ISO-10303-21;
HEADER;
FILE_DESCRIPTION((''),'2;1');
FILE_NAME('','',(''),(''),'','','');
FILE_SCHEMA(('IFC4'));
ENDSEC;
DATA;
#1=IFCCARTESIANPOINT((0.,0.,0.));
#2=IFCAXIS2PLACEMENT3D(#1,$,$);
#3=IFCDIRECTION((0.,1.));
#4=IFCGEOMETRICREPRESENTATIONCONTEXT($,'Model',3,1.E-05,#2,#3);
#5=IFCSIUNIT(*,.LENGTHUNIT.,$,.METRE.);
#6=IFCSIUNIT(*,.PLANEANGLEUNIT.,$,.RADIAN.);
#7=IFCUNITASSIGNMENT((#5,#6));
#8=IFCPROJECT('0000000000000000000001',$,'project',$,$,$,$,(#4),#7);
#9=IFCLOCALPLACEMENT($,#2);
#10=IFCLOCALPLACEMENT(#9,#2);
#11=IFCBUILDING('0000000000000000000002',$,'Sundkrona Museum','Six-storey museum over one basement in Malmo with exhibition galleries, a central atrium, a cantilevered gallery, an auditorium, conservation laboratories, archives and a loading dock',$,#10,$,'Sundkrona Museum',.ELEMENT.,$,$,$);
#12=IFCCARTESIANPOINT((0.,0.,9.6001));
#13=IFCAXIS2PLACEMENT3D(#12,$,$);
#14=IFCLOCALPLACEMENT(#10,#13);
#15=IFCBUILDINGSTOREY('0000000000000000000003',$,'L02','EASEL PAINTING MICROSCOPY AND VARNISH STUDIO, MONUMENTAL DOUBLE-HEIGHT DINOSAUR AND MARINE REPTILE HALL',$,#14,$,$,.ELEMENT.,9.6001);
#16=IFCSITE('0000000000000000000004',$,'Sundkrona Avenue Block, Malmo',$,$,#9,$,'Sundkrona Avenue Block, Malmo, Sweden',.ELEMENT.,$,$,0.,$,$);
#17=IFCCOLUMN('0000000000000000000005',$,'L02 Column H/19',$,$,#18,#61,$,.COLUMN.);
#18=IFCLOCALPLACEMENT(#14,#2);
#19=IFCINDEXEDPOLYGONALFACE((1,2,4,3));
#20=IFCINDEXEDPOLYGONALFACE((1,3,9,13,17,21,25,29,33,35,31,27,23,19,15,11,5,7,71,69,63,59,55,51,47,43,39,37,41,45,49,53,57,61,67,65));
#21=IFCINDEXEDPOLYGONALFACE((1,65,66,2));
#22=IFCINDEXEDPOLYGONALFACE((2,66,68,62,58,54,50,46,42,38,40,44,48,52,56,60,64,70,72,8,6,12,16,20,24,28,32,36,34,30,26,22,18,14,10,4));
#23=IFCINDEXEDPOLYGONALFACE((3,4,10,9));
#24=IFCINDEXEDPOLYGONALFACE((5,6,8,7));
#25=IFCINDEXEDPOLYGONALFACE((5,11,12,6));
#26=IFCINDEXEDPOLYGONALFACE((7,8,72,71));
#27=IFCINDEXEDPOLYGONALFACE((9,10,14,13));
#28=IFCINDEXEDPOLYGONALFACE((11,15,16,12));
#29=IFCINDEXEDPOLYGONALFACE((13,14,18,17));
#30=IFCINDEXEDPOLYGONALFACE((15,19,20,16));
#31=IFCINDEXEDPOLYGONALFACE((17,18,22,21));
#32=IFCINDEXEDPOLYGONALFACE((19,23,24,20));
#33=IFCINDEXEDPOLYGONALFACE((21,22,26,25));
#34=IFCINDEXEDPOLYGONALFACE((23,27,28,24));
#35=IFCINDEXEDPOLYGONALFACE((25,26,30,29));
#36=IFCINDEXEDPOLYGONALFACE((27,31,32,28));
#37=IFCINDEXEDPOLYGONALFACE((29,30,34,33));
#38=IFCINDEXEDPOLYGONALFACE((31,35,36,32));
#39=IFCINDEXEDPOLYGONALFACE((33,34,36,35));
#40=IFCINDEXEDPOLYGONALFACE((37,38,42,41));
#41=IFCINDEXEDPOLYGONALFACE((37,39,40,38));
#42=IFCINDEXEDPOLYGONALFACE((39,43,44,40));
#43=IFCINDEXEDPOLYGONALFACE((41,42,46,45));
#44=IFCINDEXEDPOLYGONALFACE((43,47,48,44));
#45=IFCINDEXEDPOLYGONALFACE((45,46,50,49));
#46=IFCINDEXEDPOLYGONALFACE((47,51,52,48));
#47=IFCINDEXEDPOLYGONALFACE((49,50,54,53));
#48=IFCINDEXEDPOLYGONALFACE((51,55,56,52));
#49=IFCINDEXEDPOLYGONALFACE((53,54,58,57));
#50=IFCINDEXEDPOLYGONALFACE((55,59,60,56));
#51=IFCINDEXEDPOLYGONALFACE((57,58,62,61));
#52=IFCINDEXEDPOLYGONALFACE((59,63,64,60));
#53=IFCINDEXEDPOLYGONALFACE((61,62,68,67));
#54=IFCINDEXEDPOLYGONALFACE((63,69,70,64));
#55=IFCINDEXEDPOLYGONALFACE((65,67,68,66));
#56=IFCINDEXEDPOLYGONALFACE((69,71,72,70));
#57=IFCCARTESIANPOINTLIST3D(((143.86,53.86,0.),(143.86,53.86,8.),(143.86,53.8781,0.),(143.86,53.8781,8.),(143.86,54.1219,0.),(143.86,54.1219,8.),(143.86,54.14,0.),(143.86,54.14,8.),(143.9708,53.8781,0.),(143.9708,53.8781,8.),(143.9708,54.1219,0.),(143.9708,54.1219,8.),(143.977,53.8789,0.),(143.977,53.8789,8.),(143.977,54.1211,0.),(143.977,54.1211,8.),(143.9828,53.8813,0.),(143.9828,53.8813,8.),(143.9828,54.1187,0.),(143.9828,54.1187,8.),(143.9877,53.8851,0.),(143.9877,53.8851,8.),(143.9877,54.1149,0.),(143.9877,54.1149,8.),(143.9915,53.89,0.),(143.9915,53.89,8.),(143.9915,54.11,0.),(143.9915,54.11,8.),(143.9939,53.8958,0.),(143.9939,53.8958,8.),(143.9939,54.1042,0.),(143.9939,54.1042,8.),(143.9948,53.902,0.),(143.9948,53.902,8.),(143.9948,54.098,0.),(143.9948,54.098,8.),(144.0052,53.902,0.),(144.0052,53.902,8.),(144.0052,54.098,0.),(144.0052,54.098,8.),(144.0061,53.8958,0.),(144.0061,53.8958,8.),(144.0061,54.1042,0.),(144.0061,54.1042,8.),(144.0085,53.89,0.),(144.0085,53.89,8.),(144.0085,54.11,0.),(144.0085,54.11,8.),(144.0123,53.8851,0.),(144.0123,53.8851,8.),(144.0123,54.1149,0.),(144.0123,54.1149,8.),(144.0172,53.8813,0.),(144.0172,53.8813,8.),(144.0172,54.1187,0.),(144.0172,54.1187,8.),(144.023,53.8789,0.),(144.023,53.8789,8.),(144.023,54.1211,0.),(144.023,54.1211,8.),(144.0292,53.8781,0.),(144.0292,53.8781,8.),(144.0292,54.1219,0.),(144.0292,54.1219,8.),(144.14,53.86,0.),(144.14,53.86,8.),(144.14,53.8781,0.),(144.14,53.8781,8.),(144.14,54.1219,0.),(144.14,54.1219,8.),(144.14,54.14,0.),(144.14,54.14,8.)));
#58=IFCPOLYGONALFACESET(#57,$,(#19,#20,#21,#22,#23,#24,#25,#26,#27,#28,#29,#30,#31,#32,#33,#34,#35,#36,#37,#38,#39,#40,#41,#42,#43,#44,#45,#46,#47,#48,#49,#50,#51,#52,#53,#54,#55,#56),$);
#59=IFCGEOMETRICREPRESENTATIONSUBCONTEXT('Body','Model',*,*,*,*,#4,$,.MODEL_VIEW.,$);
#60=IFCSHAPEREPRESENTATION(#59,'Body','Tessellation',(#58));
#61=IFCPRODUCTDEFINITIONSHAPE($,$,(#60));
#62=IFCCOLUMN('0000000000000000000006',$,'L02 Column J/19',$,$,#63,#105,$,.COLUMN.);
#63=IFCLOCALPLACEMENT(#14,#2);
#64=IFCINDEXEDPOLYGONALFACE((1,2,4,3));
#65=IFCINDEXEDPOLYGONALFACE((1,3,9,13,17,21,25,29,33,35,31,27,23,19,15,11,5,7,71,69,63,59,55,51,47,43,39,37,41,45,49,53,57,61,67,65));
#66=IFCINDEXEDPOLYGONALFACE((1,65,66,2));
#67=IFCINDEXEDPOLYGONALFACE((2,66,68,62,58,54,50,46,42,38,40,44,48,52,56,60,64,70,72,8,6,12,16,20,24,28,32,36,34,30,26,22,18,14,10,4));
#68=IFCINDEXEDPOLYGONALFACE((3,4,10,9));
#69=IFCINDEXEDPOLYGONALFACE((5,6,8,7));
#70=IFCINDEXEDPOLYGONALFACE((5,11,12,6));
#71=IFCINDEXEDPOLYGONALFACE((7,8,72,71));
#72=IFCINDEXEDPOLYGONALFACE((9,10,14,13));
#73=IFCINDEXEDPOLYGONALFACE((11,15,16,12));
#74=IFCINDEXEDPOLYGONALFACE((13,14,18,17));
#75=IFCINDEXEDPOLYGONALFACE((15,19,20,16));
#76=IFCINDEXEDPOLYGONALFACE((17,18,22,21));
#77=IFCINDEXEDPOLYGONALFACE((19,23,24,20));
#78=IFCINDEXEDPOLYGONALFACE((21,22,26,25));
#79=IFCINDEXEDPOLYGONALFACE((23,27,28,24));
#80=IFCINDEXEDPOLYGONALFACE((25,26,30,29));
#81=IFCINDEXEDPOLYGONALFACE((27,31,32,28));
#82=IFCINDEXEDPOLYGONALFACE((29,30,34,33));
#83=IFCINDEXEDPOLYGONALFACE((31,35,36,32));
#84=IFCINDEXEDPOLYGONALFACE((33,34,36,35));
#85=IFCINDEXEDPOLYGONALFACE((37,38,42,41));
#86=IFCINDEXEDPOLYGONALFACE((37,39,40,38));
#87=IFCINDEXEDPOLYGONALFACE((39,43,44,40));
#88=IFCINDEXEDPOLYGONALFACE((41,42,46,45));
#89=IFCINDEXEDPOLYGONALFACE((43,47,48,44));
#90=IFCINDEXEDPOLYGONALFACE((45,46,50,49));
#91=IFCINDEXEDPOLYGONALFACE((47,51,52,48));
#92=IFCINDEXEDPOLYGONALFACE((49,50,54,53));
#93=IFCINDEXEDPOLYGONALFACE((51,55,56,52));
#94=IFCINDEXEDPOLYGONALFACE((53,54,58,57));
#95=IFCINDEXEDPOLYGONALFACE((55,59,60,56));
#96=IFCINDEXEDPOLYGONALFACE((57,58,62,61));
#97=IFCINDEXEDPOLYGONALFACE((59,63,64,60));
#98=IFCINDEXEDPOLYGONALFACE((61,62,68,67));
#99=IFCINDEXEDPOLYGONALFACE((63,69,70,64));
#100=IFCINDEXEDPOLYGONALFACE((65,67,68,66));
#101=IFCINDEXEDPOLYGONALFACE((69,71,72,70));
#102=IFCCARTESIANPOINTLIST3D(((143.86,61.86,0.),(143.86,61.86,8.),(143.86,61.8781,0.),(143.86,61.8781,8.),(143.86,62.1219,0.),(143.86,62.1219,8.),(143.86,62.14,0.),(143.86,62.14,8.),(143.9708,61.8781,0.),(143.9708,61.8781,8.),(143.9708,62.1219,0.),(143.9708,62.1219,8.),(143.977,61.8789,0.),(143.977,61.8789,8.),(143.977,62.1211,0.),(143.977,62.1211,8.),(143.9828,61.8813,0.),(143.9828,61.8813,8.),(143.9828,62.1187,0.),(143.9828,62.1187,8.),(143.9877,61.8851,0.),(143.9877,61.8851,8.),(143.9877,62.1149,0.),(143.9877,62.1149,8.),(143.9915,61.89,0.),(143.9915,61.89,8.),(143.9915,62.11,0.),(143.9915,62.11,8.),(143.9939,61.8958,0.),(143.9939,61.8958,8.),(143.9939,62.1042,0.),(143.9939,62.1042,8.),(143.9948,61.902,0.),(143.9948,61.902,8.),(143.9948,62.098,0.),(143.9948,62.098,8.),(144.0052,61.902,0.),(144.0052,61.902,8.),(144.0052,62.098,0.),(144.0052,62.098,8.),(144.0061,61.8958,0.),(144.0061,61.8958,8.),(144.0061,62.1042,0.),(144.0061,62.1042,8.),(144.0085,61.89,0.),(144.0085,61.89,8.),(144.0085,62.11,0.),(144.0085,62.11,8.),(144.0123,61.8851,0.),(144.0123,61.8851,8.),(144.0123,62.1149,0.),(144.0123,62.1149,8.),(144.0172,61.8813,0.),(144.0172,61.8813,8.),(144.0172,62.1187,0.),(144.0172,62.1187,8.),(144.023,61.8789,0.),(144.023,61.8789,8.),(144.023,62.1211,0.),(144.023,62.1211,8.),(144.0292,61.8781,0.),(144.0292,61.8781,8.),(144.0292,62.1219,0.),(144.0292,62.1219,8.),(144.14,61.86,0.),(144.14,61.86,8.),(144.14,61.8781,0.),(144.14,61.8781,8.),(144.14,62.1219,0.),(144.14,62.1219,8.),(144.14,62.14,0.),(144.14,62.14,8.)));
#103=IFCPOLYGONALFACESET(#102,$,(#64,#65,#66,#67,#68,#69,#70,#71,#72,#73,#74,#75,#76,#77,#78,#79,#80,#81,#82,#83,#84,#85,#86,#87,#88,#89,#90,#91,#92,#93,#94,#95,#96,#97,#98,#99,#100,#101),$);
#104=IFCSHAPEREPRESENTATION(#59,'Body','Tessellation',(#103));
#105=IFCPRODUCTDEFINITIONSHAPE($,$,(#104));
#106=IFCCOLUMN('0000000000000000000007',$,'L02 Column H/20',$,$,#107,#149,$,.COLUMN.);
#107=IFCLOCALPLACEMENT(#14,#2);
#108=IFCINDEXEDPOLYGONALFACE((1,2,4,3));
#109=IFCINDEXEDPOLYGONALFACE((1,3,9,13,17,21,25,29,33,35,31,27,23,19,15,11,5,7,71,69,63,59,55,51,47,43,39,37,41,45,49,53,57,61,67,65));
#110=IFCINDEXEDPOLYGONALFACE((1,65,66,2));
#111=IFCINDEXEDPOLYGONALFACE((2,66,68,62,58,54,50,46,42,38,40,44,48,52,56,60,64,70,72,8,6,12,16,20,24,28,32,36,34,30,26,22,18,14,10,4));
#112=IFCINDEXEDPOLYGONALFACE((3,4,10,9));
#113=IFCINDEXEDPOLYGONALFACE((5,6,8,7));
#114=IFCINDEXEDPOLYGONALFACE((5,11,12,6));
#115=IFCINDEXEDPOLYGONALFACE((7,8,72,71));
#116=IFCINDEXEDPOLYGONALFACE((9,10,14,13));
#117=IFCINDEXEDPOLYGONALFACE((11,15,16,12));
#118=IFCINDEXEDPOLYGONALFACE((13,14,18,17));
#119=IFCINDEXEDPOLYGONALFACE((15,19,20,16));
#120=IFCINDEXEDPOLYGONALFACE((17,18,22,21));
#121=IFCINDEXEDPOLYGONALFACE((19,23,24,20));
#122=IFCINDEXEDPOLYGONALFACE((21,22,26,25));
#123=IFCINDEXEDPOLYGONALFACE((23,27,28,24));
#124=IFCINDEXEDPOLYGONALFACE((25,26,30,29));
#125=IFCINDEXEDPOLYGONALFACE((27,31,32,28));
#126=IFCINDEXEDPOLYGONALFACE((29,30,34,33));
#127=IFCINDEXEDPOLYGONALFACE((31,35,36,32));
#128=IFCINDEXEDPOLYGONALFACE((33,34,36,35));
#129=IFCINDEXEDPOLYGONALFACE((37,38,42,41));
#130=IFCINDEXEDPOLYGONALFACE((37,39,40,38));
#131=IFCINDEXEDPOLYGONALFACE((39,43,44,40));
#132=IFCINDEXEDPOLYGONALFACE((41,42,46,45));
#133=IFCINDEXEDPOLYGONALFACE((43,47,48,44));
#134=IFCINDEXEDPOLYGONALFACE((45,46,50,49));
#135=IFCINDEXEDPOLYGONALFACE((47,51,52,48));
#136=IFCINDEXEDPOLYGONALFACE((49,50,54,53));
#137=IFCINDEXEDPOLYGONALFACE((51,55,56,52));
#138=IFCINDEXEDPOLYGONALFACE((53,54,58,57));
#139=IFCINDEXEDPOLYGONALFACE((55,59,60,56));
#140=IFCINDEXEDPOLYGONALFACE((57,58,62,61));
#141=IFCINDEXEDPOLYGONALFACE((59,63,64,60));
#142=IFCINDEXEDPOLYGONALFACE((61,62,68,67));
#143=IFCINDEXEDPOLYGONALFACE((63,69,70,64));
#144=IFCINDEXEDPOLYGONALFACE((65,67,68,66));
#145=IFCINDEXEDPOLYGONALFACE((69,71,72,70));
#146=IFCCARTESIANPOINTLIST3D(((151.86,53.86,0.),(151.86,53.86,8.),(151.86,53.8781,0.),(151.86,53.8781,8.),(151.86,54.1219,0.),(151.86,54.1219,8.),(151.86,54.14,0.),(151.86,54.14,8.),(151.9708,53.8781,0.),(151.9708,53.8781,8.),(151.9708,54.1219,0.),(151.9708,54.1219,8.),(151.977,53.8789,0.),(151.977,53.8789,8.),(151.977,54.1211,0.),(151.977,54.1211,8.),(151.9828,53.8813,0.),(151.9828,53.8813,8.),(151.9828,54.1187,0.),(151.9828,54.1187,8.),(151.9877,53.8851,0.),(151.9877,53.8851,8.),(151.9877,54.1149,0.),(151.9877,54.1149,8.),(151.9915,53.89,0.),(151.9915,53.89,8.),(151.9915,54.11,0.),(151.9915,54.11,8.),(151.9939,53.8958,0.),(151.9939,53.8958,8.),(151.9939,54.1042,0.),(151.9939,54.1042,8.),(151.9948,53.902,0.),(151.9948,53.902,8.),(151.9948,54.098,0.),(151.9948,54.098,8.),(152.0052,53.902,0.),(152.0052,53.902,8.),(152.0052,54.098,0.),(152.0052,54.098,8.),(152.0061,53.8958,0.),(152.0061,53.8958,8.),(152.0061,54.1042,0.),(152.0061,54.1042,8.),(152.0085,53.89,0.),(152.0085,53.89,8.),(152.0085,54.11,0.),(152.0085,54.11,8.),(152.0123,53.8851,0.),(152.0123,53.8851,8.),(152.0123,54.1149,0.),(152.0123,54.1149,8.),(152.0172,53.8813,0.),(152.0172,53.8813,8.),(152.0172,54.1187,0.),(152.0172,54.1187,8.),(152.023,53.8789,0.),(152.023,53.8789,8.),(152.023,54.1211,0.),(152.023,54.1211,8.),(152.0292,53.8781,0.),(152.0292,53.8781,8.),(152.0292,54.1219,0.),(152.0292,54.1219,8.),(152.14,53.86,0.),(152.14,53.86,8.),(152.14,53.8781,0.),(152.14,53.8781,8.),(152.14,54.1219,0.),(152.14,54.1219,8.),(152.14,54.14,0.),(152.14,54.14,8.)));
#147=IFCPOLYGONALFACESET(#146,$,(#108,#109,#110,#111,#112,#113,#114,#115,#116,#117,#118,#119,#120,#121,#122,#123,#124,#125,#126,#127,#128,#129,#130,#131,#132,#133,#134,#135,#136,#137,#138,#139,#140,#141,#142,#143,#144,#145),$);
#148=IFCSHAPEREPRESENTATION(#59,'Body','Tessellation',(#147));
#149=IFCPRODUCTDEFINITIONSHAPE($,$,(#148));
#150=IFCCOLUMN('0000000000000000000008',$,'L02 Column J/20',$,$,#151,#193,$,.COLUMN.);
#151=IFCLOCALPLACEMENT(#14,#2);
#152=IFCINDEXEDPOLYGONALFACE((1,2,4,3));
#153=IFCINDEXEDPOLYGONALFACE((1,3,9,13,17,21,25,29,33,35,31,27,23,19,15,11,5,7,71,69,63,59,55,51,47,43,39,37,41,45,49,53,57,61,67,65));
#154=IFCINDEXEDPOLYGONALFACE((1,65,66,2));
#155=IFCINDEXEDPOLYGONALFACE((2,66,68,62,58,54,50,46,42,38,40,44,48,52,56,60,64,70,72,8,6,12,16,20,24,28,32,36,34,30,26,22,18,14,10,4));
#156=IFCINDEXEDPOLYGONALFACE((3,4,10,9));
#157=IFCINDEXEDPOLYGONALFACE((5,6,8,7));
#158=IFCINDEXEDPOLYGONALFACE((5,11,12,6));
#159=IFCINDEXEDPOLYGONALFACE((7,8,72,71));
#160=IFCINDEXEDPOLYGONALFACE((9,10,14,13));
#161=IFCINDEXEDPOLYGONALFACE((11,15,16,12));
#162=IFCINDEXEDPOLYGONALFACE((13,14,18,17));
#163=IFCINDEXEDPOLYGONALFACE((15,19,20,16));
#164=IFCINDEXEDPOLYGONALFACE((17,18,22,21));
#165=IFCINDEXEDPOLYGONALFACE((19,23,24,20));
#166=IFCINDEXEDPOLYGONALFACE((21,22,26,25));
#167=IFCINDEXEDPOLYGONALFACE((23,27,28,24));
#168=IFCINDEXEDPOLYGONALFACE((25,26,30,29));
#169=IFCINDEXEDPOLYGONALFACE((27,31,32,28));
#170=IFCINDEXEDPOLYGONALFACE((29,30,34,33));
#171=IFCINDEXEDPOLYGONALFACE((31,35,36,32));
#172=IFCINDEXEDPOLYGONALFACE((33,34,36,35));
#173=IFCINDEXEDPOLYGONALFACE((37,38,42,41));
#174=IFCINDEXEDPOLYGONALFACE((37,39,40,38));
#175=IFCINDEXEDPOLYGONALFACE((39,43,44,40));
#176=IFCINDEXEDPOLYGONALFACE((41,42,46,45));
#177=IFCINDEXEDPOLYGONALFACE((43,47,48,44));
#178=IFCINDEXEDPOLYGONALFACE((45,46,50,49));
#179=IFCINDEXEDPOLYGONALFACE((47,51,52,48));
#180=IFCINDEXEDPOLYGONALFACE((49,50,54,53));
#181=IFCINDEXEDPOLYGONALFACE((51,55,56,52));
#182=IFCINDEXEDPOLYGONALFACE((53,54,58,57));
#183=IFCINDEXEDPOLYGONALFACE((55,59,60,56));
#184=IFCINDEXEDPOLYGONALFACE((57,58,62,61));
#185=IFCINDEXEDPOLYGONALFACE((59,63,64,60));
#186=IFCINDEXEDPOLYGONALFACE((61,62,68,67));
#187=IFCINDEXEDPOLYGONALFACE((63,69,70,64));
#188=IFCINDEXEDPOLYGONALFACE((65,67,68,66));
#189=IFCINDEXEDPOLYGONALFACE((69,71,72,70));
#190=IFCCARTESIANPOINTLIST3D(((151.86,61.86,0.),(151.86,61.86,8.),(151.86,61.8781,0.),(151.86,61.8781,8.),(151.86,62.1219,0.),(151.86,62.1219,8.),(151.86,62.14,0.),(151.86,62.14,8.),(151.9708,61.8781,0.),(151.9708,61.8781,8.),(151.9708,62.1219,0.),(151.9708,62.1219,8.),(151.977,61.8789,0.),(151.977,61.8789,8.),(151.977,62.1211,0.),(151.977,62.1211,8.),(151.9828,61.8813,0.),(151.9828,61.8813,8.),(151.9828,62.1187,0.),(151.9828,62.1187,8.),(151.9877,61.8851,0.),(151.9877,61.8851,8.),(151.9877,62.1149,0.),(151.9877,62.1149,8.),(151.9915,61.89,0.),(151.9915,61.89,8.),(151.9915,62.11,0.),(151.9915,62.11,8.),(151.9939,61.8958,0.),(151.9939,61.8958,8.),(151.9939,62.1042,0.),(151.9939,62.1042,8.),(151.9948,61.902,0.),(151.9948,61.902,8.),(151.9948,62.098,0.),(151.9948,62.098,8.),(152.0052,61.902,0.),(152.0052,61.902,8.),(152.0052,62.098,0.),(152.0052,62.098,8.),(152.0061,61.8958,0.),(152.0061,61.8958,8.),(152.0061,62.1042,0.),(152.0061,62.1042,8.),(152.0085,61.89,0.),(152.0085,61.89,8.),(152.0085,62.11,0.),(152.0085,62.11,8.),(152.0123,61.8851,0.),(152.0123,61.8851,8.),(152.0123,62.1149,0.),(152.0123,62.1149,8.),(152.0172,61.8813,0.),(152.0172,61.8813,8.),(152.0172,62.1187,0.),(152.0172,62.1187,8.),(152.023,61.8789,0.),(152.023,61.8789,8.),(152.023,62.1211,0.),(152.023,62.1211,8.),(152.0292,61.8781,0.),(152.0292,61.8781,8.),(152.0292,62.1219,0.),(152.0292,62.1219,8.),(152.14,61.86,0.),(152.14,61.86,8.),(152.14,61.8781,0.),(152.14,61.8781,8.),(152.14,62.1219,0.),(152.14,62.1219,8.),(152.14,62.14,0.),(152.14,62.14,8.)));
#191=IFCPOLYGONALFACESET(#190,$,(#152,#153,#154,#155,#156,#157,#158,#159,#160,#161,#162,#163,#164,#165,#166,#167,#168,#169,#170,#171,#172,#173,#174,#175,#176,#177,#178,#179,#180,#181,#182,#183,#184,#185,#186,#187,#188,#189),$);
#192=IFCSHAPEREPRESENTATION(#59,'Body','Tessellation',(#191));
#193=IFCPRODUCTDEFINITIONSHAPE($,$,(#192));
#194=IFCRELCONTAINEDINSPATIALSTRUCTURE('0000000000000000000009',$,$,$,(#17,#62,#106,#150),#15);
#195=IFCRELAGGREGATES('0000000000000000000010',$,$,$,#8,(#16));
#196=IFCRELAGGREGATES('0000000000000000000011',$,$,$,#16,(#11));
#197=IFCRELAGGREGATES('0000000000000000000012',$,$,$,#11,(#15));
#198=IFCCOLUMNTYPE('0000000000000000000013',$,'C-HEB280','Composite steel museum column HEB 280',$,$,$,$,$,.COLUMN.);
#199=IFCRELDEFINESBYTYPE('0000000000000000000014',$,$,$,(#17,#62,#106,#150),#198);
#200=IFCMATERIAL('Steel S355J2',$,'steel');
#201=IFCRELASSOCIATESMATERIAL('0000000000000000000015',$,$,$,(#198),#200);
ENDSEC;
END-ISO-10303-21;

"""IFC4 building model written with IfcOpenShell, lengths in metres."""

from ifc_helpers import new_model, si_unit, direction, frame, origin, origin_2d, place, context, subcontext, project, spatial, i_section, extrude, material, material_profile, profile_set, type_object, element, save


model = new_model("IFC4")

# Units and contexts
model_context = context("Model", 3, precision=1e-05, world=origin(), true_north=direction((0.0, 1.0)))
body_context = subcontext(model_context, "Body", "Model", "MODEL_VIEW")
ifc_project = project(units=[si_unit("LENGTHUNIT", "METRE"), si_unit("PLANEANGLEUNIT", "RADIAN")], contexts=[model_context])

# Site, building, storey
site_placement = place(None, origin())
site = spatial("IfcSite", under=ifc_project, at=site_placement, Name="Sundkrona Avenue Block, Malmo", LongName="Sundkrona Avenue Block, Malmo, Sweden", CompositionType="ELEMENT", RefElevation=0.0)
building_placement = place(site_placement, origin())
building = spatial("IfcBuilding", under=site, at=building_placement, Name="Sundkrona Museum", Description="Six-storey museum over one basement in Malmo with exhibition galleries, a central atrium, a cantilevered gallery, an auditorium, conservation laboratories, archives and a loading dock", LongName="Sundkrona Museum", CompositionType="ELEMENT")
storey_placement = place(building_placement, frame((0.0, 0.0, 9.6001)))
storey = spatial("IfcBuildingStorey", under=building, at=storey_placement, Name="L02", Description="EASEL PAINTING MICROSCOPY AND VARNISH STUDIO, MONUMENTAL DOUBLE-HEIGHT DINOSAUR AND MARINE REPTILE HALL", CompositionType="ELEMENT", Elevation=9.6001)

# Columns
ifc_material_1 = material(Name="Steel S355J2", Category="steel")
ifc_material_profile_1 = material_profile(ifc_material_1, i_section(OverallWidth=0.28, OverallDepth=0.28, WebThickness=0.0105, FlangeThickness=0.0181, FilletRadius=0.0239, at=origin_2d()), Name="HEB 280")
ifc_profile_set_1 = profile_set([ifc_material_profile_1], Name="Steel S355J2")
column_type = type_object("IfcColumnType", Name="C-HEB280", Description="Composite steel museum column HEB 280", PredefinedType="COLUMN", material=ifc_profile_set_1)
for number, where, z_axis, x_axis, name in (
    (1, (144.0, 54.0, 0.0), (0.0, 0.0, 1.0), (1.0, 0.0, 0.0), "L02 Column H/19"),
    (2, (144.0, 62.0, 0.0), (0.0, 0.0, 1.0), (1.0, 0.0, 0.0), "L02 Column J/19"),
    (3, (152.0, 54.0, 0.0), (0.0, 0.0, 1.0), (1.0, 0.0, 0.0), "L02 Column H/20"),
    (4, (152.0, 62.0, 0.0), (0.0, 0.0, 1.0), (1.0, 0.0, 0.0), "L02 Column J/20"),
):
    element("IfcColumn", number, at=place(storey_placement, frame(where, z_axis=z_axis, x_axis=x_axis)), inside=storey, type_object=column_type, Name=name, PredefinedType="COLUMN", context=body_context, shape_type="SweptSolid", body=[
        extrude(i_section(OverallWidth=0.28, OverallDepth=0.28, WebThickness=0.0105, FlangeThickness=0.0181, FilletRadius=0.0239, at=origin_2d()), origin(), (0.0, 0.0, 1.0), 8.0),
    ])

save(model, "model.ifc")
